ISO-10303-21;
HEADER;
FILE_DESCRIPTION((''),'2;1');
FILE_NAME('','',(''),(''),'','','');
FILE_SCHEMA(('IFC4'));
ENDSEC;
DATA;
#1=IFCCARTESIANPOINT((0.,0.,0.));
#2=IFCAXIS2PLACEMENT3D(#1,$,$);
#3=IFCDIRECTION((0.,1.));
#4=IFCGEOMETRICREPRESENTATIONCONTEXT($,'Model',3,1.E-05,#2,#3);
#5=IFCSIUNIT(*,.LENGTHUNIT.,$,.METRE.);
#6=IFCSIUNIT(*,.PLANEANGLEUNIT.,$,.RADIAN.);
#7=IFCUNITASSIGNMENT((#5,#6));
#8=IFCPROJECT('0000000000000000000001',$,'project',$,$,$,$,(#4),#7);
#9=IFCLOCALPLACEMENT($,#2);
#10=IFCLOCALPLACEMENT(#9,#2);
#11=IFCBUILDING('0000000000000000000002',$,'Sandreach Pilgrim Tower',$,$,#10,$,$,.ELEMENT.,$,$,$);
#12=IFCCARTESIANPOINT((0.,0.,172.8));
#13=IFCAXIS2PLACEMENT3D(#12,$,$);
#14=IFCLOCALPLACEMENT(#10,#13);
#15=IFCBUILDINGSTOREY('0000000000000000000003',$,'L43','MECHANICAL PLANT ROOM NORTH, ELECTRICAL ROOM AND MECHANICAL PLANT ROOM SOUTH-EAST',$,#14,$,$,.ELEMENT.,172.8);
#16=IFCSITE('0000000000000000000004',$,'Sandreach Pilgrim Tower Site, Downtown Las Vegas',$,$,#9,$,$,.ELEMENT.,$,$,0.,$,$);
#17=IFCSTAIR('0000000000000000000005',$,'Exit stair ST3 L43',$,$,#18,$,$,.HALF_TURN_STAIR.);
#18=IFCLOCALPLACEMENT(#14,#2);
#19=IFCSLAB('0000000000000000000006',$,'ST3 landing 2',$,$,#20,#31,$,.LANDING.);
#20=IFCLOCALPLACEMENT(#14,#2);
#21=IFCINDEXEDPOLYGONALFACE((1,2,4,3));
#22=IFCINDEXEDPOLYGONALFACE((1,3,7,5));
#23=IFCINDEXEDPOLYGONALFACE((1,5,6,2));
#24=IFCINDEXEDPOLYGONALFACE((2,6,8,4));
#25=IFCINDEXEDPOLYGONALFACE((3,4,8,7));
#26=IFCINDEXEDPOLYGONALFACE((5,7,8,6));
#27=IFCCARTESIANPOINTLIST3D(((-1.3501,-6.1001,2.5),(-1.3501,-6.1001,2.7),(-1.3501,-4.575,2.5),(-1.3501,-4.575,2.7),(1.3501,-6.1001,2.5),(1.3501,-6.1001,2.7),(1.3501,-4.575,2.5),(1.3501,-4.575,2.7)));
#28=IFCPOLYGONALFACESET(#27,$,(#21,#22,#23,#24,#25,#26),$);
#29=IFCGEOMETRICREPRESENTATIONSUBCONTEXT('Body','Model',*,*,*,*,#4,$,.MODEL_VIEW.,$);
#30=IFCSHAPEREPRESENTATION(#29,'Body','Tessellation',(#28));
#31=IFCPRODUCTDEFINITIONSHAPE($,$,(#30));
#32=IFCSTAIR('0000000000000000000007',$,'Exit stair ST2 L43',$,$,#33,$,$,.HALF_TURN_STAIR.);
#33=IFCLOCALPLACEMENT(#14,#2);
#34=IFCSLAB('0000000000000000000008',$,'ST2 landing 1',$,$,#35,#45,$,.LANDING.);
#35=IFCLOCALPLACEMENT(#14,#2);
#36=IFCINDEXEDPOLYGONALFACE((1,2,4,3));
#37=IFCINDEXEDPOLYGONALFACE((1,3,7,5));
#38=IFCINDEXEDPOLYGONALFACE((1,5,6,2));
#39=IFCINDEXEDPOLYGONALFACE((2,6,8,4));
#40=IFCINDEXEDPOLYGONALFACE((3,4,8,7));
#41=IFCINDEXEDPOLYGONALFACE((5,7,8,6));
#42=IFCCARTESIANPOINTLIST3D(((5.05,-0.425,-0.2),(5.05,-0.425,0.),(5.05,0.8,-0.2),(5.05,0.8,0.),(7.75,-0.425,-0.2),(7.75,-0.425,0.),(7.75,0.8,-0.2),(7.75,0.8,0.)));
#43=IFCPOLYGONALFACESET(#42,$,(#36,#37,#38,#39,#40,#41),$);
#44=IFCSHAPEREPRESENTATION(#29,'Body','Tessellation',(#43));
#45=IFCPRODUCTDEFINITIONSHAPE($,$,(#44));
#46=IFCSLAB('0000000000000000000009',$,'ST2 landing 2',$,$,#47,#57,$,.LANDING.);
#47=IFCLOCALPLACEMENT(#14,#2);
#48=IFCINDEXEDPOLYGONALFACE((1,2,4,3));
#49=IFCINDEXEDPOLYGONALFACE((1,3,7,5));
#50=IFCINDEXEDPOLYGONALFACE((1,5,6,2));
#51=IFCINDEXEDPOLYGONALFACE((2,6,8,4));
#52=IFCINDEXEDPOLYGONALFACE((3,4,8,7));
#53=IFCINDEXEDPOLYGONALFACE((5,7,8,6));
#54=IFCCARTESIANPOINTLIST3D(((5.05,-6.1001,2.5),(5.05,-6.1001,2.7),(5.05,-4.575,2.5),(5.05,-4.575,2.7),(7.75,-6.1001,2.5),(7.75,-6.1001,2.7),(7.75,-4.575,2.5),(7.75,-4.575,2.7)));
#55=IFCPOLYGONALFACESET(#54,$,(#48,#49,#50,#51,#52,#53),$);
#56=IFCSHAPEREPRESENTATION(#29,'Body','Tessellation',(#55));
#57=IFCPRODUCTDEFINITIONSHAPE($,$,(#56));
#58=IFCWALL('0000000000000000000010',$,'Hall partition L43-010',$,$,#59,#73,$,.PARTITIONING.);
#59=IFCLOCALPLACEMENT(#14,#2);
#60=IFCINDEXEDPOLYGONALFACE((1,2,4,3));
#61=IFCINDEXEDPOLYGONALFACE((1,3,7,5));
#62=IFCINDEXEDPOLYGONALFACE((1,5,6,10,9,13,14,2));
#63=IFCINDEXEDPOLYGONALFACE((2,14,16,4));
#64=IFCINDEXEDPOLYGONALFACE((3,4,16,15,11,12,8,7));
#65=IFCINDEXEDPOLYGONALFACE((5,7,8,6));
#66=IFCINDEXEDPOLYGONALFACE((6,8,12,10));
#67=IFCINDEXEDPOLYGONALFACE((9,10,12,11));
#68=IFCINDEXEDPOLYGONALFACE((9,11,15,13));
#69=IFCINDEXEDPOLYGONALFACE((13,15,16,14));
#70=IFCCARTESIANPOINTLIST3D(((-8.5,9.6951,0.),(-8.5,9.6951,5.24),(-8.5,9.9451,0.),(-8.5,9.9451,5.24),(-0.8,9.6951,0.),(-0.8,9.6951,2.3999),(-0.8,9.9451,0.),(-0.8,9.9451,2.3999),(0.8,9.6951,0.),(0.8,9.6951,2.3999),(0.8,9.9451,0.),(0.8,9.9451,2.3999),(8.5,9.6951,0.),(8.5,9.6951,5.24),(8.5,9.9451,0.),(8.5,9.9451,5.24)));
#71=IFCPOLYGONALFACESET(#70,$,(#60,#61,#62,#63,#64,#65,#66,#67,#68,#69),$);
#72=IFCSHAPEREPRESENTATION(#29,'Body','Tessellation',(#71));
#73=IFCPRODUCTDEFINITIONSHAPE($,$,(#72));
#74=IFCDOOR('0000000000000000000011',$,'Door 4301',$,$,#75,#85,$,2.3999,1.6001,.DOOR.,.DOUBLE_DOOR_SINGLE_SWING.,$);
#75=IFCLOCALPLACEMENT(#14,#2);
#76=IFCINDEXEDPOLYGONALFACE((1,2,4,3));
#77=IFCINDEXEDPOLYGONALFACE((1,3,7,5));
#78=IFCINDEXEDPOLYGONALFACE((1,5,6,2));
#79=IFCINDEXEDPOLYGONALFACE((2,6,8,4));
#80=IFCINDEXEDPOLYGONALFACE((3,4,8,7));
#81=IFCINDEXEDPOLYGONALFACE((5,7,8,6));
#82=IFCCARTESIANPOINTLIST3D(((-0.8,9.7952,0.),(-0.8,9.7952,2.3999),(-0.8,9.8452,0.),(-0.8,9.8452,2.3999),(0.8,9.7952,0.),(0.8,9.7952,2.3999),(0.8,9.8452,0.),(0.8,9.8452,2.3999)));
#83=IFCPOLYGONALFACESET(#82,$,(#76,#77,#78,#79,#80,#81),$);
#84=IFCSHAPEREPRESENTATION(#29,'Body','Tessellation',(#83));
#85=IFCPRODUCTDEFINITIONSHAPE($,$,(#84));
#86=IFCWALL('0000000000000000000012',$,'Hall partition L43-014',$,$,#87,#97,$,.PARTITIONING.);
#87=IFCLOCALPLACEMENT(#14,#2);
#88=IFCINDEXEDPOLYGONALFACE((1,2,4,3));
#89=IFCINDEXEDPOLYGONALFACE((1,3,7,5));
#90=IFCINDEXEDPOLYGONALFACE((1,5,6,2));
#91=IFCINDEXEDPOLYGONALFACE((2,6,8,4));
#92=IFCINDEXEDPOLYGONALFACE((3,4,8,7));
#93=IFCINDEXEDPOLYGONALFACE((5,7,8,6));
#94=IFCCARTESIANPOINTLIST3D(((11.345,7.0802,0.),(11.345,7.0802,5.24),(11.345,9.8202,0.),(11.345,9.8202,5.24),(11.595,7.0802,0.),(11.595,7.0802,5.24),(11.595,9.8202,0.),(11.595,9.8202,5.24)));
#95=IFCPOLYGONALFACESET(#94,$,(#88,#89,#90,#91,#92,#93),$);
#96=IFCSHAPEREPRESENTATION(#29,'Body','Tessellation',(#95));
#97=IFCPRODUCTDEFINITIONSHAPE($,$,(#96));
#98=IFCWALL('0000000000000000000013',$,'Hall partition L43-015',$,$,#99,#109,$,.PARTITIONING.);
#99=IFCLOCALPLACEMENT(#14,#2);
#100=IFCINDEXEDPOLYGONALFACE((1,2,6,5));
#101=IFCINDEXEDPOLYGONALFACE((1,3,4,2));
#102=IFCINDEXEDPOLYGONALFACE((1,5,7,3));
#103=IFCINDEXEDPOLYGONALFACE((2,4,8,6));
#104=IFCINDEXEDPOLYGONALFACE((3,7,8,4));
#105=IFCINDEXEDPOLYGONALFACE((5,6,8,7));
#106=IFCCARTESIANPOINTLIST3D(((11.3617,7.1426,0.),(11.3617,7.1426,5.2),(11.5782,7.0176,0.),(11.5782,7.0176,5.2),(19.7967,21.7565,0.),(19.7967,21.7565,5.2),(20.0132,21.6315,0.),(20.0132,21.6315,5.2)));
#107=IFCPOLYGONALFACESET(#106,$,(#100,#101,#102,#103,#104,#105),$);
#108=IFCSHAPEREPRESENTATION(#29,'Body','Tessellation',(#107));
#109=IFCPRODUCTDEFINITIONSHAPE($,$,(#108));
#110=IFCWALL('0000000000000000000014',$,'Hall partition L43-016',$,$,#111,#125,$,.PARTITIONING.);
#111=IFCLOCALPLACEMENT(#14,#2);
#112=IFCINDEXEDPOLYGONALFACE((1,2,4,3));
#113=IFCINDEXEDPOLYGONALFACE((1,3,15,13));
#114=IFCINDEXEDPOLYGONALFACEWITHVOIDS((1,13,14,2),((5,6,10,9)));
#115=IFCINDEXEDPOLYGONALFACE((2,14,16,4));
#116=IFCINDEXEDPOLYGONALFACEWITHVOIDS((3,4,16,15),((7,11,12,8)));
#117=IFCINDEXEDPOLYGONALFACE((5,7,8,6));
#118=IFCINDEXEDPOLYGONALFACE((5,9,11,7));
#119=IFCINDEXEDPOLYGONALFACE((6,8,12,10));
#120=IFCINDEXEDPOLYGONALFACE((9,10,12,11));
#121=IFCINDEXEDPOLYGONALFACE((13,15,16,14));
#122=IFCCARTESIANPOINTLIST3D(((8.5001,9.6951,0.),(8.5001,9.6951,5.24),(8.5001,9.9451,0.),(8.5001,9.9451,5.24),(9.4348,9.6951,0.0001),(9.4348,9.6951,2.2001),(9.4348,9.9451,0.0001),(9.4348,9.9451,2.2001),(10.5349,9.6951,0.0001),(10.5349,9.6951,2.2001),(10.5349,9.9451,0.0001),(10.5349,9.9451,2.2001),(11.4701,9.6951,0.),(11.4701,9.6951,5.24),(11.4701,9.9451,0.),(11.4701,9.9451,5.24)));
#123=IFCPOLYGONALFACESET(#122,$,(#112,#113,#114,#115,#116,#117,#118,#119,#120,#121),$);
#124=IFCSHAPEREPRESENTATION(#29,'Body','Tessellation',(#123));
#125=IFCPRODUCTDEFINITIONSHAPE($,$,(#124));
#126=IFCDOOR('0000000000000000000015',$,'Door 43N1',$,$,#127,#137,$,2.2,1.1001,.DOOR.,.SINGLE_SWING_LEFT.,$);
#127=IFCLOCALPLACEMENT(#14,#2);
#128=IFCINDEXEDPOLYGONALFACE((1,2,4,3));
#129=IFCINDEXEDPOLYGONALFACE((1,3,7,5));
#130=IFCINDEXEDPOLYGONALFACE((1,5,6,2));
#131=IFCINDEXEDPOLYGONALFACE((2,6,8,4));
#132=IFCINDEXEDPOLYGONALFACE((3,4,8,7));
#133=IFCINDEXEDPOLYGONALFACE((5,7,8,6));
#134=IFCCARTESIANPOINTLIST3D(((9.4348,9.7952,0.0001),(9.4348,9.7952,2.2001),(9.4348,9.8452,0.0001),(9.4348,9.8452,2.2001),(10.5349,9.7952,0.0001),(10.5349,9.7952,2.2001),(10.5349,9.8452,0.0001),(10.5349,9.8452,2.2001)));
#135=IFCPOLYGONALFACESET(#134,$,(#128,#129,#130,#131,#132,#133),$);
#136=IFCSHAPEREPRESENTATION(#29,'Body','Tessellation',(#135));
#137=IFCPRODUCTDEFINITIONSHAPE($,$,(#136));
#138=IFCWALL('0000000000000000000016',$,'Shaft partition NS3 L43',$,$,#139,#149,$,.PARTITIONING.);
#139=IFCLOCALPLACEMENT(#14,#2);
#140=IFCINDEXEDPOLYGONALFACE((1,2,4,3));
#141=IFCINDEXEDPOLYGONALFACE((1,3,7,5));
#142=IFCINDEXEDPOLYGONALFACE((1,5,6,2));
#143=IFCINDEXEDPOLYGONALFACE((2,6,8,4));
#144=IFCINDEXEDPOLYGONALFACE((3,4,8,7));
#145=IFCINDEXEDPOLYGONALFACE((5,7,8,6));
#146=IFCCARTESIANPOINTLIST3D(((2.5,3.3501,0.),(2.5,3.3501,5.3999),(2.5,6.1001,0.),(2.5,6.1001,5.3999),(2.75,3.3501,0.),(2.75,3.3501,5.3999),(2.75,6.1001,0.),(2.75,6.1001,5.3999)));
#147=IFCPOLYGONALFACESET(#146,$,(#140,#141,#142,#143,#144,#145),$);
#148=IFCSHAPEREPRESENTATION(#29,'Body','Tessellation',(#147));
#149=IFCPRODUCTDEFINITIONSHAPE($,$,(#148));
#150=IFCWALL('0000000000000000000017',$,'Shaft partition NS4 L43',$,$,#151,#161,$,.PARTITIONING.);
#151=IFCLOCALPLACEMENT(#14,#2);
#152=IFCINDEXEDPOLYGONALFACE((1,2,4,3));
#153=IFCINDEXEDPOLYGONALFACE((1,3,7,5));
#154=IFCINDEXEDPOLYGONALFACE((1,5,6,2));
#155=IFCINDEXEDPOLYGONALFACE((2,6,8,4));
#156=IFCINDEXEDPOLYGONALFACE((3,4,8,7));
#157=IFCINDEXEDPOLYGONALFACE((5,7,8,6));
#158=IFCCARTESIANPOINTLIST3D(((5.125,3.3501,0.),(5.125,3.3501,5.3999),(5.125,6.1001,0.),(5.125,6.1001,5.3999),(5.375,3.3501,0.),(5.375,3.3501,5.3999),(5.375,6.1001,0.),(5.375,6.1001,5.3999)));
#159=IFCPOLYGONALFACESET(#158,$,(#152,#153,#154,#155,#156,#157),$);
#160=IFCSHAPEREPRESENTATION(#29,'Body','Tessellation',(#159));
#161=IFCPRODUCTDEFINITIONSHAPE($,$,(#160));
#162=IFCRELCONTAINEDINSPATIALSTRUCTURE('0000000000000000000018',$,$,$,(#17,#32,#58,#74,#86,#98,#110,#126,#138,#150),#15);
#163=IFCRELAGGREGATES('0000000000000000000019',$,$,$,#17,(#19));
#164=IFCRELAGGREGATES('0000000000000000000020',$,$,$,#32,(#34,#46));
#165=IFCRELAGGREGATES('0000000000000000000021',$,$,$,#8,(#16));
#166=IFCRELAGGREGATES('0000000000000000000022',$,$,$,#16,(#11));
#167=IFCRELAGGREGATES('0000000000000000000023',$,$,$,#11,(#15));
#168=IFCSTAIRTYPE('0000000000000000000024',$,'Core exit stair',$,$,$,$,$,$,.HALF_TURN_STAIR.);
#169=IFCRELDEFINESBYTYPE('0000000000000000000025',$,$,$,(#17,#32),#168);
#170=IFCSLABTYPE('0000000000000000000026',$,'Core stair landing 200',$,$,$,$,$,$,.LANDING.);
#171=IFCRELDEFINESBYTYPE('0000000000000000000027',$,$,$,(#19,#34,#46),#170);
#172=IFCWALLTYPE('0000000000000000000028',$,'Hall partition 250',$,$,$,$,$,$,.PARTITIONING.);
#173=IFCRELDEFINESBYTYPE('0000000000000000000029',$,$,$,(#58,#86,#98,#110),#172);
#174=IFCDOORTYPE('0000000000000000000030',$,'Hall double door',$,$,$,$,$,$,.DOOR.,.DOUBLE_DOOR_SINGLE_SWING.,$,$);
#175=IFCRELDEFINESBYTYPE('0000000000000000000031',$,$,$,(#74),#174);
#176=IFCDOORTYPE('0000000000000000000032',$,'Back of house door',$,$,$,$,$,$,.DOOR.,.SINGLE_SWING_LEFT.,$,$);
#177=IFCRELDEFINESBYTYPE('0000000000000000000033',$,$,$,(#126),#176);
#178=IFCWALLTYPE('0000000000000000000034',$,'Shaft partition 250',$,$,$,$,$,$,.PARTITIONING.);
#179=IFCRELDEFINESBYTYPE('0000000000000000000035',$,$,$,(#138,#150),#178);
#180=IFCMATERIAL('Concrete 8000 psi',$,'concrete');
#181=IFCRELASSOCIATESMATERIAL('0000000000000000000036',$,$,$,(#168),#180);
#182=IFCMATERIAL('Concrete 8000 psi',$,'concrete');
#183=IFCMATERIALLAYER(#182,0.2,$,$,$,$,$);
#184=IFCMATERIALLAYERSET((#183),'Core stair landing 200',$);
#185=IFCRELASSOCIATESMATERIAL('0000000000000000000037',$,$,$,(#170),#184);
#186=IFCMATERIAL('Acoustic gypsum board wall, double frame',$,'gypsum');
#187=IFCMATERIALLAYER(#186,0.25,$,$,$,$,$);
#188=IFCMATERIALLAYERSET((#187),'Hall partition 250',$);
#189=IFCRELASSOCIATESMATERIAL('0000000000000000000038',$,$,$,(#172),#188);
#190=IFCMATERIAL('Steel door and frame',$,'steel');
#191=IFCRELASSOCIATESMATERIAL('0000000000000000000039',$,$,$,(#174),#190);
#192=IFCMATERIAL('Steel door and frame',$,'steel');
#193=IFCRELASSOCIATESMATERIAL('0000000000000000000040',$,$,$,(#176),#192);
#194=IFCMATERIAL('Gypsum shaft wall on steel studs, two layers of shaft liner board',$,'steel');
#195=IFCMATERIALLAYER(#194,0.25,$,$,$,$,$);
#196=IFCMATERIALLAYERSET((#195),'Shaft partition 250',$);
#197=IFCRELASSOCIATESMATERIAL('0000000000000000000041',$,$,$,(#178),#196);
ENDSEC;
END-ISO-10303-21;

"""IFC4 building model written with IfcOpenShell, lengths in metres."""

from ifc_helpers import new_model, si_unit, direction, frame, frame_2d, origin, place, context, subcontext, project, spatial, polyline, rectangle, outline, extrude, material, layer, layer_set, type_object, element, fill, aggregate, save


model = new_model("IFC4")

# Units and contexts
model_context = context("Model", 3, precision=1e-05, world=origin(), true_north=direction((0.0, 1.0)))
body_context = subcontext(model_context, "Body", "Model", "MODEL_VIEW")
ifc_project = project(units=[si_unit("LENGTHUNIT", "METRE"), si_unit("PLANEANGLEUNIT", "RADIAN")], contexts=[model_context])

# Site, building, storey
site_placement = place(None, origin())
site = spatial("IfcSite", under=ifc_project, at=site_placement, Name="Sandreach Pilgrim Tower Site, Downtown Las Vegas", CompositionType="ELEMENT", RefElevation=0.0)
building_placement = place(site_placement, origin())
building = spatial("IfcBuilding", under=site, at=building_placement, Name="Sandreach Pilgrim Tower", CompositionType="ELEMENT")
storey_placement = place(building_placement, frame((0.0, 0.0, 172.8)))
storey = spatial("IfcBuildingStorey", under=building, at=storey_placement, Name="L43", Description="MECHANICAL PLANT ROOM NORTH, ELECTRICAL ROOM AND MECHANICAL PLANT ROOM SOUTH-EAST", CompositionType="ELEMENT", Elevation=172.8)

# Stairs, slabs
ifc_material_1 = material(Name="Concrete 8000 psi", Category="concrete")
stair_type = type_object("IfcStairType", Name="Core exit stair", PredefinedType="HALF_TURN_STAIR", material=ifc_material_1)
stair_1_placement = place(storey_placement, origin())
stair_1 = element("IfcStair", 1, at=stair_1_placement, inside=storey, type_object=stair_type, Name="Exit stair ST3 L43", PredefinedType="HALF_TURN_STAIR")
ifc_material_2 = material(Name="Concrete 8000 psi", Category="concrete")
ifc_layer_1 = layer(ifc_material_2, 0.2)
ifc_layer_set_1 = layer_set([ifc_layer_1], Name="Core stair landing 200")
slab_type = type_object("IfcSlabType", Name="Core stair landing 200", PredefinedType="LANDING", material=ifc_layer_set_1)
slab_1_placement = place(storey_placement, frame((0.0, 0.0, 2.5)))
slab_1 = element("IfcSlab", 2, at=slab_1_placement, type_object=slab_type, Name="ST3 landing 2", PredefinedType="LANDING", context=body_context, shape_type="SweptSolid", body=[
    extrude(outline(polyline([(-1.3501, -6.1001), (1.3501, -6.1001), (1.3501, -4.575), (-1.3501, -4.575), (-1.3501, -6.1001)])), origin(), (0.0, 0.0, 1.0), 0.2),
])
aggregate(stair_1, [slab_1])
stair_2_placement = place(storey_placement, origin())
stair_2 = element("IfcStair", 3, at=stair_2_placement, inside=storey, type_object=stair_type, Name="Exit stair ST2 L43", PredefinedType="HALF_TURN_STAIR")
slab_2_placement = place(storey_placement, frame((0.0, 0.0, -0.2)))
slab_2 = element("IfcSlab", 4, at=slab_2_placement, type_object=slab_type, Name="ST2 landing 1", PredefinedType="LANDING", context=body_context, shape_type="SweptSolid", body=[
    extrude(outline(polyline([(5.05, -0.425), (7.75, -0.425), (7.75, 0.8), (5.05, 0.8), (5.05, -0.425)])), origin(), (0.0, 0.0, 1.0), 0.2),
])
slab_3_placement = place(storey_placement, frame((0.0, 0.0, 2.5)))
slab_3 = element("IfcSlab", 5, at=slab_3_placement, type_object=slab_type, Name="ST2 landing 2", PredefinedType="LANDING", context=body_context, shape_type="SweptSolid", body=[
    extrude(outline(polyline([(5.05, -6.1001), (7.75, -6.1001), (7.75, -4.575), (5.05, -4.575), (5.05, -6.1001)])), origin(), (0.0, 0.0, 1.0), 0.2),
])
aggregate(stair_2, [slab_2, slab_3])

# Wall, opening, door
ifc_material_3 = material(Name="Acoustic gypsum board wall, double frame", Category="gypsum")
ifc_layer_2 = layer(ifc_material_3, 0.25)
ifc_layer_set_2 = layer_set([ifc_layer_2], Name="Hall partition 250")
wall_type_1 = type_object("IfcWallType", Name="Hall partition 250", PredefinedType="PARTITIONING", material=ifc_layer_set_2)
wall_1_placement = place(storey_placement, frame((8.5, 9.8201, 0.0), z_axis=(0.0, 0.0, 1.0), x_axis=(-1.0, 0.0, 0.0)))
wall_1 = element("IfcWall", 6, at=wall_1_placement, inside=storey, type_object=wall_type_1, Name="Hall partition L43-010", PredefinedType="PARTITIONING", context=body_context, shape_type="SweptSolid", body=[
    extrude(rectangle(XDim=17.0, YDim=0.25, at=frame_2d((8.5, 0.0))), origin(), (0.0, 0.0, 1.0), 5.24),
])
opening_1_placement = place(wall_1_placement, frame((7.7, 0.0, 0.0)))
opening_1 = element("IfcOpeningElement", 7, at=opening_1_placement, cuts=wall_1, PredefinedType="OPENING", context=body_context, shape_type="SweptSolid", body=[
    extrude(rectangle(XDim=1.6001, YDim=2.3999, at=frame_2d((0.8, 1.2))), frame((0.0, 0.125, 0.0), z_axis=(0.0, -1.0, 0.0), x_axis=(1.0, 0.0, 0.0)), (0.0, 0.0, 1.0), 0.25),
])
ifc_material_4 = material(Name="Steel door and frame", Category="steel")
door_type_1 = type_object("IfcDoorType", Name="Hall double door", OperationType="DOUBLE_DOOR_SINGLE_SWING", PredefinedType="DOOR", material=ifc_material_4)
door_1_placement = place(opening_1_placement, origin())
door_1 = element("IfcDoor", 8, at=door_1_placement, inside=storey, type_object=door_type_1, Name="Door 4301", OperationType="DOUBLE_DOOR_SINGLE_SWING", OverallHeight=2.3999, OverallWidth=1.6001, PredefinedType="DOOR", context=body_context, shape_type="SweptSolid", body=[
    extrude(rectangle(XDim=1.6001, YDim=2.3999, at=frame_2d((0.8, 1.2))), frame((0.0, 0.0249, 0.0), z_axis=(0.0, -1.0, 0.0), x_axis=(1.0, 0.0, 0.0)), (0.0, 0.0, 1.0), 0.05),
])
fill(opening_1, door_1)

# Walls
wall_2_placement = place(storey_placement, frame((11.47, 7.0801, 0.0), z_axis=(0.0, 0.0, 1.0), x_axis=(0.0, 1.0, 0.0)))
element("IfcWall", 9, at=wall_2_placement, inside=storey, type_object=wall_type_1, Name="Hall partition L43-014", PredefinedType="PARTITIONING", context=body_context, shape_type="SweptSolid", body=[
    extrude(rectangle(XDim=2.74, YDim=0.25, at=frame_2d((1.3701, 0.0))), origin(), (0.0, 0.0, 1.0), 5.24),
])
wall_3_placement = place(storey_placement, frame((11.47, 7.0801, 0.0), z_axis=(0.0, 0.0, 1.0), x_axis=(0.499896, 0.866086, 0.0)))
element("IfcWall", 10, at=wall_3_placement, inside=storey, type_object=wall_type_1, Name="Hall partition L43-015", PredefinedType="PARTITIONING", context=body_context, shape_type="SweptSolid", body=[
    extrude(rectangle(XDim=16.8735, YDim=0.25, at=frame_2d((8.4368, 0.0))), origin(), (0.0, 0.0, 1.0), 5.2),
])

# Wall, opening, door
wall_4_placement = place(storey_placement, frame((11.47, 9.8201, 0.0), z_axis=(0.0, 0.0, 1.0), x_axis=(-1.0, 0.0, 0.0)))
wall_4 = element("IfcWall", 11, at=wall_4_placement, inside=storey, type_object=wall_type_1, Name="Hall partition L43-016", PredefinedType="PARTITIONING", context=body_context, shape_type="SweptSolid", body=[
    extrude(rectangle(XDim=2.97, YDim=0.25, at=frame_2d((1.4849, 0.0))), origin(), (0.0, 0.0, 1.0), 5.24),
])
opening_2_placement = place(wall_4_placement, frame((0.9351, 0.0, 0.0)))
opening_2 = element("IfcOpeningElement", 12, at=opening_2_placement, cuts=wall_4, PredefinedType="OPENING", context=body_context, shape_type="SweptSolid", body=[
    extrude(rectangle(XDim=1.1001, YDim=2.2, at=frame_2d((0.55, 1.1001))), frame((0.0, 0.125, 0.0), z_axis=(0.0, -1.0, 0.0), x_axis=(1.0, 0.0, 0.0)), (0.0, 0.0, 1.0), 0.25),
])
ifc_material_5 = material(Name="Steel door and frame", Category="steel")
door_type_2 = type_object("IfcDoorType", Name="Back of house door", OperationType="SINGLE_SWING_LEFT", PredefinedType="DOOR", material=ifc_material_5)
door_2_placement = place(opening_2_placement, origin())
door_2 = element("IfcDoor", 13, at=door_2_placement, inside=storey, type_object=door_type_2, Name="Door 43N1", OperationType="SINGLE_SWING_LEFT", OverallHeight=2.2, OverallWidth=1.1001, PredefinedType="DOOR", context=body_context, shape_type="SweptSolid", body=[
    extrude(rectangle(XDim=1.1001, YDim=2.2, at=frame_2d((0.55, 1.1001))), frame((0.0, 0.0249, 0.0), z_axis=(0.0, -1.0, 0.0), x_axis=(1.0, 0.0, 0.0)), (0.0, 0.0, 1.0), 0.05),
])
fill(opening_2, door_2)

# Walls
ifc_material_6 = material(Name="Gypsum shaft wall on steel studs, two layers of shaft liner board", Category="steel")
ifc_layer_3 = layer(ifc_material_6, 0.25)
ifc_layer_set_3 = layer_set([ifc_layer_3], Name="Shaft partition 250")
wall_type_2 = type_object("IfcWallType", Name="Shaft partition 250", PredefinedType="PARTITIONING", material=ifc_layer_set_3)
for number, where, z_axis, x_axis, name in (
    (14, (2.625, 3.3501, 0.0), (0.0, 0.0, 1.0), (0.0, 1.0, 0.0), "Shaft partition NS3 L43"),
    (15, (5.25, 3.3501, 0.0), (0.0, 0.0, 1.0), (0.0, 1.0, 0.0), "Shaft partition NS4 L43"),
):
    element("IfcWall", number, at=place(storey_placement, frame(where, z_axis=z_axis, x_axis=x_axis)), inside=storey, type_object=wall_type_2, Name=name, PredefinedType="PARTITIONING", context=body_context, shape_type="SweptSolid", body=[
        extrude(rectangle(XDim=2.75, YDim=0.25, at=frame_2d((1.375, 0.0))), origin(), (0.0, 0.0, 1.0), 5.3999),
    ])

save(model, "model.ifc")
